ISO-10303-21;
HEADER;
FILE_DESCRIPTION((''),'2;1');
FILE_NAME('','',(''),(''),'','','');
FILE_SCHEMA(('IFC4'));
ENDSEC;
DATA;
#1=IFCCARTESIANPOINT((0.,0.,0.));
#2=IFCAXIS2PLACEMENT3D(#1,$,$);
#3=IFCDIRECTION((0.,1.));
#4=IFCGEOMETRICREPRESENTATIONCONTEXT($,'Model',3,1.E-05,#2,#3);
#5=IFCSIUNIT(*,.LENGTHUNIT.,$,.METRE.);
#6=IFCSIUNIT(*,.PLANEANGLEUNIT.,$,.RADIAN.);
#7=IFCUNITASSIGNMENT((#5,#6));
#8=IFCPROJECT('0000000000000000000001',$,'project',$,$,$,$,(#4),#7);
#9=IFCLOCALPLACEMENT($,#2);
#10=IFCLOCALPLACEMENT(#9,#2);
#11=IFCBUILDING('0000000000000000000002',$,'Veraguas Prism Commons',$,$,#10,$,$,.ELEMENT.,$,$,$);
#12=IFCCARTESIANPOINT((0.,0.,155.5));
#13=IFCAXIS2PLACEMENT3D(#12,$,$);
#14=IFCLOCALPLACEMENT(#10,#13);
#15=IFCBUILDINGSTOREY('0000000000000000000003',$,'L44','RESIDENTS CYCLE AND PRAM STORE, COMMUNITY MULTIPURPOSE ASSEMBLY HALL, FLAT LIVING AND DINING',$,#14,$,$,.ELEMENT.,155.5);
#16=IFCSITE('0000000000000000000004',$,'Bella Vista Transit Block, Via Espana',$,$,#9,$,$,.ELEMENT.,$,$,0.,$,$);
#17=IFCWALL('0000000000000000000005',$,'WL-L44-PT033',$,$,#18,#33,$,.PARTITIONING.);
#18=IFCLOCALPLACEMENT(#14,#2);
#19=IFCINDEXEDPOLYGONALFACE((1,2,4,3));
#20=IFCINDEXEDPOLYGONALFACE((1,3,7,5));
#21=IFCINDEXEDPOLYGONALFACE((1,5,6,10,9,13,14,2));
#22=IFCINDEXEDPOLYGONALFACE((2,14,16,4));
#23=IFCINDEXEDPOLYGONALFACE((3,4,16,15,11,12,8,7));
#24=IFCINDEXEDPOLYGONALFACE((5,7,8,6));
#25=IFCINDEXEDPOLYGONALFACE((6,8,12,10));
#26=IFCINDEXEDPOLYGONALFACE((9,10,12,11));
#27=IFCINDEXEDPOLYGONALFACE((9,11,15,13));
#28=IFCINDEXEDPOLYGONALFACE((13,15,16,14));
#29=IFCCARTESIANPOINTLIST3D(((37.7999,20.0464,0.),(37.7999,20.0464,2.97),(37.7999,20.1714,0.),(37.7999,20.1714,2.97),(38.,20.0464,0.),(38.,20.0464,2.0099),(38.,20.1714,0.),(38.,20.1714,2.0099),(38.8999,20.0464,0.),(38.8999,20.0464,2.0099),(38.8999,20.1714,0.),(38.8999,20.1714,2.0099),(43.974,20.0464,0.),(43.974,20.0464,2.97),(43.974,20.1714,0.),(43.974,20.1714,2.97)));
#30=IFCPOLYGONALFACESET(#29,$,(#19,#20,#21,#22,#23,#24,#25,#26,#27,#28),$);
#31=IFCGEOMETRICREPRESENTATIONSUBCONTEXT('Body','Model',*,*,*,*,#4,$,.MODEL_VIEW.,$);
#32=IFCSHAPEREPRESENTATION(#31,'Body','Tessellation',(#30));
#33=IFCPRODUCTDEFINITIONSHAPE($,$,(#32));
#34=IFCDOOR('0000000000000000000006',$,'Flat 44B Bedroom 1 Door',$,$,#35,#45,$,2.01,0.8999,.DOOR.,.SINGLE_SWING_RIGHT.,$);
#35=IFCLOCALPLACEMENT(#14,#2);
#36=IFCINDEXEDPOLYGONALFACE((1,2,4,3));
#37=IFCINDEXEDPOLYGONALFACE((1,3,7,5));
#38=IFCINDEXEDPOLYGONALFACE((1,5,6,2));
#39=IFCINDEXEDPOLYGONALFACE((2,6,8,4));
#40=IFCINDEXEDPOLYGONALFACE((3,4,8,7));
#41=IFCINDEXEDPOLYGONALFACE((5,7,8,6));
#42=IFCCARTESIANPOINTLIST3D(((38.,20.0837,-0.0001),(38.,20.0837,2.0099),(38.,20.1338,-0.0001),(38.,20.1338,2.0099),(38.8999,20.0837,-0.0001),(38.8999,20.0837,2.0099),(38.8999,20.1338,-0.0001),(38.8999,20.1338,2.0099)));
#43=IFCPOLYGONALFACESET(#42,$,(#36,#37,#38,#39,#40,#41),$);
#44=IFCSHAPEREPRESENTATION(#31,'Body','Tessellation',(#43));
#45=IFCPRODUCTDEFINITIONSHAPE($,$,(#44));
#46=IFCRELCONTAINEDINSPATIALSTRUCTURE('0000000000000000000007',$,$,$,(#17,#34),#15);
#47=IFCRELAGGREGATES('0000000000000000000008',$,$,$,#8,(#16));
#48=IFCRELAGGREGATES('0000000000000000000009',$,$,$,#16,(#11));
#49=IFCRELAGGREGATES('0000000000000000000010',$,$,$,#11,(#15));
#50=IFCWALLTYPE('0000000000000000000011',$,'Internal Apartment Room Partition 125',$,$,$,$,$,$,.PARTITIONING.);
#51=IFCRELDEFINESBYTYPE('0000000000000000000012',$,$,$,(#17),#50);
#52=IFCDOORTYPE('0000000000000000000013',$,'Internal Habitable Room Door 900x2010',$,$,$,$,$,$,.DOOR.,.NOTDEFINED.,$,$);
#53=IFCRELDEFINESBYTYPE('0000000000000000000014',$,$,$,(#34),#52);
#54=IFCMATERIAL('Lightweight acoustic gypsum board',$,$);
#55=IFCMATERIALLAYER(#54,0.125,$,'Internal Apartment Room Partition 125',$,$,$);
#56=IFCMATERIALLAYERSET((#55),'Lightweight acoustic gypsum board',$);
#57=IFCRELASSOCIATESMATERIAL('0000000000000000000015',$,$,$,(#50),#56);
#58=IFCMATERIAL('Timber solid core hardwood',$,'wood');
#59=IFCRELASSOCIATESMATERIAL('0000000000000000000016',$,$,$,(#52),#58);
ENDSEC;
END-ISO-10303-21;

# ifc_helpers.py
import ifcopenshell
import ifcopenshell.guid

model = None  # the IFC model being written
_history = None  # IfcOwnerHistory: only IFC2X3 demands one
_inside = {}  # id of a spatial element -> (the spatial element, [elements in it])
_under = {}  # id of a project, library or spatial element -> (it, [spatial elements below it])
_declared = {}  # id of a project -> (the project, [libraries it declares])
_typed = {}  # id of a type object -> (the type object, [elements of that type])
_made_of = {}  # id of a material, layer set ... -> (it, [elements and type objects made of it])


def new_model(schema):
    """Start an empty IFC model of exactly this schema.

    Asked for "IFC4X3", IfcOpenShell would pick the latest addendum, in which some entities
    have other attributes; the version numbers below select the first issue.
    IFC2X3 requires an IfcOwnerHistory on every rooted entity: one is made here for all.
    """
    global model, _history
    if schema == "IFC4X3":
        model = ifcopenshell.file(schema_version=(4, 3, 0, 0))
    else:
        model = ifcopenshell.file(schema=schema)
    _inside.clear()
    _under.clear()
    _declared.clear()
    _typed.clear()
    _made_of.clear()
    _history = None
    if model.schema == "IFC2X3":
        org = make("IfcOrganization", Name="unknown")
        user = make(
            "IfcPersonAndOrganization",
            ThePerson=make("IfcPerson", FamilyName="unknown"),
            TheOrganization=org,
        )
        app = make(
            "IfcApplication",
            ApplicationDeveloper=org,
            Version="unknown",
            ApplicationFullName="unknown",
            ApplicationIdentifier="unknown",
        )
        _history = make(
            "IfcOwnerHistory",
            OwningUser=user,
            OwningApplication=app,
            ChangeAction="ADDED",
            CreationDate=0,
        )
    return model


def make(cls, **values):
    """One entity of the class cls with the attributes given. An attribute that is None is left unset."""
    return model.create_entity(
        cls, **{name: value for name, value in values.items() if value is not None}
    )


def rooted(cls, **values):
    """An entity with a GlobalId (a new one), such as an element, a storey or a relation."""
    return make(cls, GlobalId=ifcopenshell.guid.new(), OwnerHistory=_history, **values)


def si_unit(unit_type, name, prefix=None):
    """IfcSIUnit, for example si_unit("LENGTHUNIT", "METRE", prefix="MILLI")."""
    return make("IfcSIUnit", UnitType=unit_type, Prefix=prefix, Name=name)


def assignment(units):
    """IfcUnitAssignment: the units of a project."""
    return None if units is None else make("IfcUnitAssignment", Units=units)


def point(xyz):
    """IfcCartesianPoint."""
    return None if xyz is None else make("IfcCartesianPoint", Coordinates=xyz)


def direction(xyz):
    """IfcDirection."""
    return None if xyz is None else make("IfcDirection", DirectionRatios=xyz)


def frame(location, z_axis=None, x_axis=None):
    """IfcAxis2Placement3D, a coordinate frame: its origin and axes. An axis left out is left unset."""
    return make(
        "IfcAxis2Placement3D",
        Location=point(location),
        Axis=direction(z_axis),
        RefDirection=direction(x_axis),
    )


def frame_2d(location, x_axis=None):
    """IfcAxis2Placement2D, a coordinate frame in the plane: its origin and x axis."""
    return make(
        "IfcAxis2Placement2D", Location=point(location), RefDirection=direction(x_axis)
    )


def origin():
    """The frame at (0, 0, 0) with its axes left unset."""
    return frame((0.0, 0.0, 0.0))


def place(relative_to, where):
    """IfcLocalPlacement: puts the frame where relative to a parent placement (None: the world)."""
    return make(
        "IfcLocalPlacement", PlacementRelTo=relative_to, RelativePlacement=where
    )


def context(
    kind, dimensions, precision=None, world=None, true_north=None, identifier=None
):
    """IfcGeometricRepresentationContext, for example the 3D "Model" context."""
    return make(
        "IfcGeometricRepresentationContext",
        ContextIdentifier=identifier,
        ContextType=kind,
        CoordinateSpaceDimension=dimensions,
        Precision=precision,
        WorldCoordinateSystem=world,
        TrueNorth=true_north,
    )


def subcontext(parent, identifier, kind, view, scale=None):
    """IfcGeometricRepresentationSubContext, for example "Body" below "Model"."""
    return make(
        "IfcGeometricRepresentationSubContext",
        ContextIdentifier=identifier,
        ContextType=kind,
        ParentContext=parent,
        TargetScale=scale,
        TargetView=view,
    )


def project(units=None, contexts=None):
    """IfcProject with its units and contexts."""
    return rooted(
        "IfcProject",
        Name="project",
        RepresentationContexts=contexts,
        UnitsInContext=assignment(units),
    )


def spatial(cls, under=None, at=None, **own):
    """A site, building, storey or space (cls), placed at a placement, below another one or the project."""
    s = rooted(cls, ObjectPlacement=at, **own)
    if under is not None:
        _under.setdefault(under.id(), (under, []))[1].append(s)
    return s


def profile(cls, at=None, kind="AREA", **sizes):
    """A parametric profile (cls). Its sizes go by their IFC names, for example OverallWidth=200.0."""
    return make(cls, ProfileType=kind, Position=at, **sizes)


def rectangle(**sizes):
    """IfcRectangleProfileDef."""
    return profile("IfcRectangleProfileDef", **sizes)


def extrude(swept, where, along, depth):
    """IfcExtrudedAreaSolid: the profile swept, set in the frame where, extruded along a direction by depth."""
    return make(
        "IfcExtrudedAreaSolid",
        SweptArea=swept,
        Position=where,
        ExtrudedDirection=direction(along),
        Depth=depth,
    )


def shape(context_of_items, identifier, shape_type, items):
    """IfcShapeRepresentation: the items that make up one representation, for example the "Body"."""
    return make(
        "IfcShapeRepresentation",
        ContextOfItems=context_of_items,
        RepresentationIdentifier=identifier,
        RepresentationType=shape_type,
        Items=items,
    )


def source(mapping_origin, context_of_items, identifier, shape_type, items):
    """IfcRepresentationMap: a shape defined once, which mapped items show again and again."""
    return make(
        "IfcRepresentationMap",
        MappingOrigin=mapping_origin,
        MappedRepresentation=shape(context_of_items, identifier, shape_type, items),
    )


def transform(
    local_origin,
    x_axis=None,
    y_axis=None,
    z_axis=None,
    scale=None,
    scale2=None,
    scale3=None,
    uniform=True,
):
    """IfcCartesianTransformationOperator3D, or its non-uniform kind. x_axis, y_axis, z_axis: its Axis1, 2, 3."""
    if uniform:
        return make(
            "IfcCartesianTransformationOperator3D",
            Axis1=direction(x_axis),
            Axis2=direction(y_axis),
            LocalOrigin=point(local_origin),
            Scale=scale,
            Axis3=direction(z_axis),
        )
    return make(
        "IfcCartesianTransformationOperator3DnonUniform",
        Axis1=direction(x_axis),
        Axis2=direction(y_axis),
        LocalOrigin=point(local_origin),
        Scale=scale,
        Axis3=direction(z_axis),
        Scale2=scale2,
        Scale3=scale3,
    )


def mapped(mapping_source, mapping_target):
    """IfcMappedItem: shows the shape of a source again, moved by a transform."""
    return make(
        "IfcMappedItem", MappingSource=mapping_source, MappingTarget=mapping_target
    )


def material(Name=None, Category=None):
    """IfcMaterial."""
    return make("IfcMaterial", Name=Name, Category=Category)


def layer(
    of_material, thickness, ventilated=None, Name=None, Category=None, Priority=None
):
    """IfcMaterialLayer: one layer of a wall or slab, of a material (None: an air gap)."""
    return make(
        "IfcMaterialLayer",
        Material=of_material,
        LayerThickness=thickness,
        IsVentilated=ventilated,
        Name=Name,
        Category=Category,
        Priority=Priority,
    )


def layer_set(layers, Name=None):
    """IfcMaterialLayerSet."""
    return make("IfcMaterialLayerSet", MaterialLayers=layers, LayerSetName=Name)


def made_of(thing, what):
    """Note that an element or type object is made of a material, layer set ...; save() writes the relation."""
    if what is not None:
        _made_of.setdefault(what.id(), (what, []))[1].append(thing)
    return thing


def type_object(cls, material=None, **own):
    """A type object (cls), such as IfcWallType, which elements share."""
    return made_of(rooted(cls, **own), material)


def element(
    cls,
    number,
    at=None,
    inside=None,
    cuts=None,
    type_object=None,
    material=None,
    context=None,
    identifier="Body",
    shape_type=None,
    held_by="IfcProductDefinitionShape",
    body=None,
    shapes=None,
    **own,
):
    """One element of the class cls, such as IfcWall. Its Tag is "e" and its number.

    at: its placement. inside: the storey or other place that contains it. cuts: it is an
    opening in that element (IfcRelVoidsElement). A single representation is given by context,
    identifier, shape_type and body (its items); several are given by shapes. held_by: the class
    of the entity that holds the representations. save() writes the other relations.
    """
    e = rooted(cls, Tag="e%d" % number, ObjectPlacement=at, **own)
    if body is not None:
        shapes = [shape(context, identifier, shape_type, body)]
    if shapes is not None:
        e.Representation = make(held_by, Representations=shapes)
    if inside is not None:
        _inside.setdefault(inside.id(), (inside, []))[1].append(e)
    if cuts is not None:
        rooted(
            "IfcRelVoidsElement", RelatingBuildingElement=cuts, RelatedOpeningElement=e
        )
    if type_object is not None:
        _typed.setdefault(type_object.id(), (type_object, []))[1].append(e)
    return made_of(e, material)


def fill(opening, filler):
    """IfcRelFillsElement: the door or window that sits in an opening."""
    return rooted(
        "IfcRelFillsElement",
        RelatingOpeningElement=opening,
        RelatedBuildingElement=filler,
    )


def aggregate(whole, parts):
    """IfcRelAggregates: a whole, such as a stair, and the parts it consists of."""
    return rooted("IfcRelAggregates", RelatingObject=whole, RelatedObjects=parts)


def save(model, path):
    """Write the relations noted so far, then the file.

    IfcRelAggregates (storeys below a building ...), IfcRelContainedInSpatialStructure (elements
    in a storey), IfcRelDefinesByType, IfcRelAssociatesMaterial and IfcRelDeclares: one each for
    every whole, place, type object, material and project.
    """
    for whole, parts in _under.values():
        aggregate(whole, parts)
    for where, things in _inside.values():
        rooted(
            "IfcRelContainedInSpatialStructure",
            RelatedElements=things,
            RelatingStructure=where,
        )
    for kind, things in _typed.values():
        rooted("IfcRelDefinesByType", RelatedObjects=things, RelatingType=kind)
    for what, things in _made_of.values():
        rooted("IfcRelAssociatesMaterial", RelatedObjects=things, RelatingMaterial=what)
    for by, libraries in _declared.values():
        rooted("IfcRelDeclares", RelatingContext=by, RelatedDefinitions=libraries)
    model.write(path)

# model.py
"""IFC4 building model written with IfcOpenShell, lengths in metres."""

from ifc_helpers import new_model, si_unit, direction, frame, frame_2d, origin, place, context, subcontext, project, spatial, rectangle, extrude, source, transform, mapped, material, layer, layer_set, type_object, element, fill, save


model = new_model("IFC4")

# Units and contexts
model_context = context("Model", 3, precision=1e-05, world=origin(), true_north=direction((0.0, 1.0)))
body_context = subcontext(model_context, "Body", "Model", "MODEL_VIEW")
ifc_project = project(units=[si_unit("LENGTHUNIT", "METRE"), si_unit("PLANEANGLEUNIT", "RADIAN")], contexts=[model_context])

# Site, building, storey
site_placement = place(None, origin())
site = spatial("IfcSite", under=ifc_project, at=site_placement, Name="Bella Vista Transit Block, Via Espana", CompositionType="ELEMENT", RefElevation=0.0)
building_placement = place(site_placement, origin())
building = spatial("IfcBuilding", under=site, at=building_placement, Name="Veraguas Prism Commons", CompositionType="ELEMENT")
storey_placement = place(building_placement, frame((0.0, 0.0, 155.5)))
storey = spatial("IfcBuildingStorey", under=building, at=storey_placement, Name="L44", Description="RESIDENTS CYCLE AND PRAM STORE, COMMUNITY MULTIPURPOSE ASSEMBLY HALL, FLAT LIVING AND DINING", CompositionType="ELEMENT", Elevation=155.5)

# Shared definitions
shared_shape_1 = source(origin(), body_context, "Body", "SweptSolid", [
    extrude(rectangle(XDim=0.8999, YDim=2.01, at=frame_2d((0.45, 1.0049))), frame((0.0, 0.0249, 0.0), z_axis=(0.0, -1.0, 0.0), x_axis=(1.0, 0.0, 0.0)), (0.0, 0.0, 1.0), 0.05),
])
ifc_material_1 = material(Name="Lightweight acoustic gypsum board")
ifc_layer_1 = layer(ifc_material_1, 0.125, Name="Internal Apartment Room Partition 125")
ifc_layer_set_1 = layer_set([ifc_layer_1], Name="Lightweight acoustic gypsum board")
wall_type_1 = type_object("IfcWallType", Name="Internal Apartment Room Partition 125", PredefinedType="PARTITIONING", material=ifc_layer_set_1)
ifc_material_2 = material(Name="Timber solid core hardwood", Category="wood")
door_type_1 = type_object("IfcDoorType", Name="Internal Habitable Room Door 900x2010", OperationType="NOTDEFINED", PredefinedType="DOOR", material=ifc_material_2)

# Wall, opening, door
wall_1_placement = place(storey_placement, frame((37.8, 20.1089, 0.0), z_axis=(0.0, 0.0, 1.0), x_axis=(1.0, 0.0, 0.0)))
wall_1 = element("IfcWall", 1, at=wall_1_placement, inside=storey, type_object=wall_type_1, Name="WL-L44-PT033", PredefinedType="PARTITIONING", context=body_context, shape_type="SweptSolid", body=[
    extrude(rectangle(XDim=6.1741, YDim=0.125, at=frame_2d((3.0869, 0.0))), origin(), (0.0, 0.0, 1.0), 2.97),
])
opening_1_placement = place(wall_1_placement, frame((0.2, 0.0, 0.0)))
opening_1 = element("IfcOpeningElement", 2, at=opening_1_placement, cuts=wall_1, PredefinedType="OPENING", context=body_context, shape_type="SweptSolid", body=[
    extrude(rectangle(XDim=0.8999, YDim=2.01, at=frame_2d((0.45, 1.0049))), frame((0.0, 0.0725, 0.0), z_axis=(0.0, -1.0, 0.0), x_axis=(1.0, 0.0, 0.0)), (0.0, 0.0, 1.0), 0.145),
])
door_1_placement = place(opening_1_placement, origin())
door_1 = element("IfcDoor", 3, at=door_1_placement, inside=storey, type_object=door_type_1, Name="Flat 44B Bedroom 1 Door", OperationType="SINGLE_SWING_RIGHT", OverallHeight=2.01, OverallWidth=0.8999, PredefinedType="DOOR", context=body_context, shape_type="MappedRepresentation", body=[
    mapped(shared_shape_1, transform((0.0, 0.0, 0.0), scale=1.0)),
])
fill(opening_1, door_1)

save(model, "model.ifc")
